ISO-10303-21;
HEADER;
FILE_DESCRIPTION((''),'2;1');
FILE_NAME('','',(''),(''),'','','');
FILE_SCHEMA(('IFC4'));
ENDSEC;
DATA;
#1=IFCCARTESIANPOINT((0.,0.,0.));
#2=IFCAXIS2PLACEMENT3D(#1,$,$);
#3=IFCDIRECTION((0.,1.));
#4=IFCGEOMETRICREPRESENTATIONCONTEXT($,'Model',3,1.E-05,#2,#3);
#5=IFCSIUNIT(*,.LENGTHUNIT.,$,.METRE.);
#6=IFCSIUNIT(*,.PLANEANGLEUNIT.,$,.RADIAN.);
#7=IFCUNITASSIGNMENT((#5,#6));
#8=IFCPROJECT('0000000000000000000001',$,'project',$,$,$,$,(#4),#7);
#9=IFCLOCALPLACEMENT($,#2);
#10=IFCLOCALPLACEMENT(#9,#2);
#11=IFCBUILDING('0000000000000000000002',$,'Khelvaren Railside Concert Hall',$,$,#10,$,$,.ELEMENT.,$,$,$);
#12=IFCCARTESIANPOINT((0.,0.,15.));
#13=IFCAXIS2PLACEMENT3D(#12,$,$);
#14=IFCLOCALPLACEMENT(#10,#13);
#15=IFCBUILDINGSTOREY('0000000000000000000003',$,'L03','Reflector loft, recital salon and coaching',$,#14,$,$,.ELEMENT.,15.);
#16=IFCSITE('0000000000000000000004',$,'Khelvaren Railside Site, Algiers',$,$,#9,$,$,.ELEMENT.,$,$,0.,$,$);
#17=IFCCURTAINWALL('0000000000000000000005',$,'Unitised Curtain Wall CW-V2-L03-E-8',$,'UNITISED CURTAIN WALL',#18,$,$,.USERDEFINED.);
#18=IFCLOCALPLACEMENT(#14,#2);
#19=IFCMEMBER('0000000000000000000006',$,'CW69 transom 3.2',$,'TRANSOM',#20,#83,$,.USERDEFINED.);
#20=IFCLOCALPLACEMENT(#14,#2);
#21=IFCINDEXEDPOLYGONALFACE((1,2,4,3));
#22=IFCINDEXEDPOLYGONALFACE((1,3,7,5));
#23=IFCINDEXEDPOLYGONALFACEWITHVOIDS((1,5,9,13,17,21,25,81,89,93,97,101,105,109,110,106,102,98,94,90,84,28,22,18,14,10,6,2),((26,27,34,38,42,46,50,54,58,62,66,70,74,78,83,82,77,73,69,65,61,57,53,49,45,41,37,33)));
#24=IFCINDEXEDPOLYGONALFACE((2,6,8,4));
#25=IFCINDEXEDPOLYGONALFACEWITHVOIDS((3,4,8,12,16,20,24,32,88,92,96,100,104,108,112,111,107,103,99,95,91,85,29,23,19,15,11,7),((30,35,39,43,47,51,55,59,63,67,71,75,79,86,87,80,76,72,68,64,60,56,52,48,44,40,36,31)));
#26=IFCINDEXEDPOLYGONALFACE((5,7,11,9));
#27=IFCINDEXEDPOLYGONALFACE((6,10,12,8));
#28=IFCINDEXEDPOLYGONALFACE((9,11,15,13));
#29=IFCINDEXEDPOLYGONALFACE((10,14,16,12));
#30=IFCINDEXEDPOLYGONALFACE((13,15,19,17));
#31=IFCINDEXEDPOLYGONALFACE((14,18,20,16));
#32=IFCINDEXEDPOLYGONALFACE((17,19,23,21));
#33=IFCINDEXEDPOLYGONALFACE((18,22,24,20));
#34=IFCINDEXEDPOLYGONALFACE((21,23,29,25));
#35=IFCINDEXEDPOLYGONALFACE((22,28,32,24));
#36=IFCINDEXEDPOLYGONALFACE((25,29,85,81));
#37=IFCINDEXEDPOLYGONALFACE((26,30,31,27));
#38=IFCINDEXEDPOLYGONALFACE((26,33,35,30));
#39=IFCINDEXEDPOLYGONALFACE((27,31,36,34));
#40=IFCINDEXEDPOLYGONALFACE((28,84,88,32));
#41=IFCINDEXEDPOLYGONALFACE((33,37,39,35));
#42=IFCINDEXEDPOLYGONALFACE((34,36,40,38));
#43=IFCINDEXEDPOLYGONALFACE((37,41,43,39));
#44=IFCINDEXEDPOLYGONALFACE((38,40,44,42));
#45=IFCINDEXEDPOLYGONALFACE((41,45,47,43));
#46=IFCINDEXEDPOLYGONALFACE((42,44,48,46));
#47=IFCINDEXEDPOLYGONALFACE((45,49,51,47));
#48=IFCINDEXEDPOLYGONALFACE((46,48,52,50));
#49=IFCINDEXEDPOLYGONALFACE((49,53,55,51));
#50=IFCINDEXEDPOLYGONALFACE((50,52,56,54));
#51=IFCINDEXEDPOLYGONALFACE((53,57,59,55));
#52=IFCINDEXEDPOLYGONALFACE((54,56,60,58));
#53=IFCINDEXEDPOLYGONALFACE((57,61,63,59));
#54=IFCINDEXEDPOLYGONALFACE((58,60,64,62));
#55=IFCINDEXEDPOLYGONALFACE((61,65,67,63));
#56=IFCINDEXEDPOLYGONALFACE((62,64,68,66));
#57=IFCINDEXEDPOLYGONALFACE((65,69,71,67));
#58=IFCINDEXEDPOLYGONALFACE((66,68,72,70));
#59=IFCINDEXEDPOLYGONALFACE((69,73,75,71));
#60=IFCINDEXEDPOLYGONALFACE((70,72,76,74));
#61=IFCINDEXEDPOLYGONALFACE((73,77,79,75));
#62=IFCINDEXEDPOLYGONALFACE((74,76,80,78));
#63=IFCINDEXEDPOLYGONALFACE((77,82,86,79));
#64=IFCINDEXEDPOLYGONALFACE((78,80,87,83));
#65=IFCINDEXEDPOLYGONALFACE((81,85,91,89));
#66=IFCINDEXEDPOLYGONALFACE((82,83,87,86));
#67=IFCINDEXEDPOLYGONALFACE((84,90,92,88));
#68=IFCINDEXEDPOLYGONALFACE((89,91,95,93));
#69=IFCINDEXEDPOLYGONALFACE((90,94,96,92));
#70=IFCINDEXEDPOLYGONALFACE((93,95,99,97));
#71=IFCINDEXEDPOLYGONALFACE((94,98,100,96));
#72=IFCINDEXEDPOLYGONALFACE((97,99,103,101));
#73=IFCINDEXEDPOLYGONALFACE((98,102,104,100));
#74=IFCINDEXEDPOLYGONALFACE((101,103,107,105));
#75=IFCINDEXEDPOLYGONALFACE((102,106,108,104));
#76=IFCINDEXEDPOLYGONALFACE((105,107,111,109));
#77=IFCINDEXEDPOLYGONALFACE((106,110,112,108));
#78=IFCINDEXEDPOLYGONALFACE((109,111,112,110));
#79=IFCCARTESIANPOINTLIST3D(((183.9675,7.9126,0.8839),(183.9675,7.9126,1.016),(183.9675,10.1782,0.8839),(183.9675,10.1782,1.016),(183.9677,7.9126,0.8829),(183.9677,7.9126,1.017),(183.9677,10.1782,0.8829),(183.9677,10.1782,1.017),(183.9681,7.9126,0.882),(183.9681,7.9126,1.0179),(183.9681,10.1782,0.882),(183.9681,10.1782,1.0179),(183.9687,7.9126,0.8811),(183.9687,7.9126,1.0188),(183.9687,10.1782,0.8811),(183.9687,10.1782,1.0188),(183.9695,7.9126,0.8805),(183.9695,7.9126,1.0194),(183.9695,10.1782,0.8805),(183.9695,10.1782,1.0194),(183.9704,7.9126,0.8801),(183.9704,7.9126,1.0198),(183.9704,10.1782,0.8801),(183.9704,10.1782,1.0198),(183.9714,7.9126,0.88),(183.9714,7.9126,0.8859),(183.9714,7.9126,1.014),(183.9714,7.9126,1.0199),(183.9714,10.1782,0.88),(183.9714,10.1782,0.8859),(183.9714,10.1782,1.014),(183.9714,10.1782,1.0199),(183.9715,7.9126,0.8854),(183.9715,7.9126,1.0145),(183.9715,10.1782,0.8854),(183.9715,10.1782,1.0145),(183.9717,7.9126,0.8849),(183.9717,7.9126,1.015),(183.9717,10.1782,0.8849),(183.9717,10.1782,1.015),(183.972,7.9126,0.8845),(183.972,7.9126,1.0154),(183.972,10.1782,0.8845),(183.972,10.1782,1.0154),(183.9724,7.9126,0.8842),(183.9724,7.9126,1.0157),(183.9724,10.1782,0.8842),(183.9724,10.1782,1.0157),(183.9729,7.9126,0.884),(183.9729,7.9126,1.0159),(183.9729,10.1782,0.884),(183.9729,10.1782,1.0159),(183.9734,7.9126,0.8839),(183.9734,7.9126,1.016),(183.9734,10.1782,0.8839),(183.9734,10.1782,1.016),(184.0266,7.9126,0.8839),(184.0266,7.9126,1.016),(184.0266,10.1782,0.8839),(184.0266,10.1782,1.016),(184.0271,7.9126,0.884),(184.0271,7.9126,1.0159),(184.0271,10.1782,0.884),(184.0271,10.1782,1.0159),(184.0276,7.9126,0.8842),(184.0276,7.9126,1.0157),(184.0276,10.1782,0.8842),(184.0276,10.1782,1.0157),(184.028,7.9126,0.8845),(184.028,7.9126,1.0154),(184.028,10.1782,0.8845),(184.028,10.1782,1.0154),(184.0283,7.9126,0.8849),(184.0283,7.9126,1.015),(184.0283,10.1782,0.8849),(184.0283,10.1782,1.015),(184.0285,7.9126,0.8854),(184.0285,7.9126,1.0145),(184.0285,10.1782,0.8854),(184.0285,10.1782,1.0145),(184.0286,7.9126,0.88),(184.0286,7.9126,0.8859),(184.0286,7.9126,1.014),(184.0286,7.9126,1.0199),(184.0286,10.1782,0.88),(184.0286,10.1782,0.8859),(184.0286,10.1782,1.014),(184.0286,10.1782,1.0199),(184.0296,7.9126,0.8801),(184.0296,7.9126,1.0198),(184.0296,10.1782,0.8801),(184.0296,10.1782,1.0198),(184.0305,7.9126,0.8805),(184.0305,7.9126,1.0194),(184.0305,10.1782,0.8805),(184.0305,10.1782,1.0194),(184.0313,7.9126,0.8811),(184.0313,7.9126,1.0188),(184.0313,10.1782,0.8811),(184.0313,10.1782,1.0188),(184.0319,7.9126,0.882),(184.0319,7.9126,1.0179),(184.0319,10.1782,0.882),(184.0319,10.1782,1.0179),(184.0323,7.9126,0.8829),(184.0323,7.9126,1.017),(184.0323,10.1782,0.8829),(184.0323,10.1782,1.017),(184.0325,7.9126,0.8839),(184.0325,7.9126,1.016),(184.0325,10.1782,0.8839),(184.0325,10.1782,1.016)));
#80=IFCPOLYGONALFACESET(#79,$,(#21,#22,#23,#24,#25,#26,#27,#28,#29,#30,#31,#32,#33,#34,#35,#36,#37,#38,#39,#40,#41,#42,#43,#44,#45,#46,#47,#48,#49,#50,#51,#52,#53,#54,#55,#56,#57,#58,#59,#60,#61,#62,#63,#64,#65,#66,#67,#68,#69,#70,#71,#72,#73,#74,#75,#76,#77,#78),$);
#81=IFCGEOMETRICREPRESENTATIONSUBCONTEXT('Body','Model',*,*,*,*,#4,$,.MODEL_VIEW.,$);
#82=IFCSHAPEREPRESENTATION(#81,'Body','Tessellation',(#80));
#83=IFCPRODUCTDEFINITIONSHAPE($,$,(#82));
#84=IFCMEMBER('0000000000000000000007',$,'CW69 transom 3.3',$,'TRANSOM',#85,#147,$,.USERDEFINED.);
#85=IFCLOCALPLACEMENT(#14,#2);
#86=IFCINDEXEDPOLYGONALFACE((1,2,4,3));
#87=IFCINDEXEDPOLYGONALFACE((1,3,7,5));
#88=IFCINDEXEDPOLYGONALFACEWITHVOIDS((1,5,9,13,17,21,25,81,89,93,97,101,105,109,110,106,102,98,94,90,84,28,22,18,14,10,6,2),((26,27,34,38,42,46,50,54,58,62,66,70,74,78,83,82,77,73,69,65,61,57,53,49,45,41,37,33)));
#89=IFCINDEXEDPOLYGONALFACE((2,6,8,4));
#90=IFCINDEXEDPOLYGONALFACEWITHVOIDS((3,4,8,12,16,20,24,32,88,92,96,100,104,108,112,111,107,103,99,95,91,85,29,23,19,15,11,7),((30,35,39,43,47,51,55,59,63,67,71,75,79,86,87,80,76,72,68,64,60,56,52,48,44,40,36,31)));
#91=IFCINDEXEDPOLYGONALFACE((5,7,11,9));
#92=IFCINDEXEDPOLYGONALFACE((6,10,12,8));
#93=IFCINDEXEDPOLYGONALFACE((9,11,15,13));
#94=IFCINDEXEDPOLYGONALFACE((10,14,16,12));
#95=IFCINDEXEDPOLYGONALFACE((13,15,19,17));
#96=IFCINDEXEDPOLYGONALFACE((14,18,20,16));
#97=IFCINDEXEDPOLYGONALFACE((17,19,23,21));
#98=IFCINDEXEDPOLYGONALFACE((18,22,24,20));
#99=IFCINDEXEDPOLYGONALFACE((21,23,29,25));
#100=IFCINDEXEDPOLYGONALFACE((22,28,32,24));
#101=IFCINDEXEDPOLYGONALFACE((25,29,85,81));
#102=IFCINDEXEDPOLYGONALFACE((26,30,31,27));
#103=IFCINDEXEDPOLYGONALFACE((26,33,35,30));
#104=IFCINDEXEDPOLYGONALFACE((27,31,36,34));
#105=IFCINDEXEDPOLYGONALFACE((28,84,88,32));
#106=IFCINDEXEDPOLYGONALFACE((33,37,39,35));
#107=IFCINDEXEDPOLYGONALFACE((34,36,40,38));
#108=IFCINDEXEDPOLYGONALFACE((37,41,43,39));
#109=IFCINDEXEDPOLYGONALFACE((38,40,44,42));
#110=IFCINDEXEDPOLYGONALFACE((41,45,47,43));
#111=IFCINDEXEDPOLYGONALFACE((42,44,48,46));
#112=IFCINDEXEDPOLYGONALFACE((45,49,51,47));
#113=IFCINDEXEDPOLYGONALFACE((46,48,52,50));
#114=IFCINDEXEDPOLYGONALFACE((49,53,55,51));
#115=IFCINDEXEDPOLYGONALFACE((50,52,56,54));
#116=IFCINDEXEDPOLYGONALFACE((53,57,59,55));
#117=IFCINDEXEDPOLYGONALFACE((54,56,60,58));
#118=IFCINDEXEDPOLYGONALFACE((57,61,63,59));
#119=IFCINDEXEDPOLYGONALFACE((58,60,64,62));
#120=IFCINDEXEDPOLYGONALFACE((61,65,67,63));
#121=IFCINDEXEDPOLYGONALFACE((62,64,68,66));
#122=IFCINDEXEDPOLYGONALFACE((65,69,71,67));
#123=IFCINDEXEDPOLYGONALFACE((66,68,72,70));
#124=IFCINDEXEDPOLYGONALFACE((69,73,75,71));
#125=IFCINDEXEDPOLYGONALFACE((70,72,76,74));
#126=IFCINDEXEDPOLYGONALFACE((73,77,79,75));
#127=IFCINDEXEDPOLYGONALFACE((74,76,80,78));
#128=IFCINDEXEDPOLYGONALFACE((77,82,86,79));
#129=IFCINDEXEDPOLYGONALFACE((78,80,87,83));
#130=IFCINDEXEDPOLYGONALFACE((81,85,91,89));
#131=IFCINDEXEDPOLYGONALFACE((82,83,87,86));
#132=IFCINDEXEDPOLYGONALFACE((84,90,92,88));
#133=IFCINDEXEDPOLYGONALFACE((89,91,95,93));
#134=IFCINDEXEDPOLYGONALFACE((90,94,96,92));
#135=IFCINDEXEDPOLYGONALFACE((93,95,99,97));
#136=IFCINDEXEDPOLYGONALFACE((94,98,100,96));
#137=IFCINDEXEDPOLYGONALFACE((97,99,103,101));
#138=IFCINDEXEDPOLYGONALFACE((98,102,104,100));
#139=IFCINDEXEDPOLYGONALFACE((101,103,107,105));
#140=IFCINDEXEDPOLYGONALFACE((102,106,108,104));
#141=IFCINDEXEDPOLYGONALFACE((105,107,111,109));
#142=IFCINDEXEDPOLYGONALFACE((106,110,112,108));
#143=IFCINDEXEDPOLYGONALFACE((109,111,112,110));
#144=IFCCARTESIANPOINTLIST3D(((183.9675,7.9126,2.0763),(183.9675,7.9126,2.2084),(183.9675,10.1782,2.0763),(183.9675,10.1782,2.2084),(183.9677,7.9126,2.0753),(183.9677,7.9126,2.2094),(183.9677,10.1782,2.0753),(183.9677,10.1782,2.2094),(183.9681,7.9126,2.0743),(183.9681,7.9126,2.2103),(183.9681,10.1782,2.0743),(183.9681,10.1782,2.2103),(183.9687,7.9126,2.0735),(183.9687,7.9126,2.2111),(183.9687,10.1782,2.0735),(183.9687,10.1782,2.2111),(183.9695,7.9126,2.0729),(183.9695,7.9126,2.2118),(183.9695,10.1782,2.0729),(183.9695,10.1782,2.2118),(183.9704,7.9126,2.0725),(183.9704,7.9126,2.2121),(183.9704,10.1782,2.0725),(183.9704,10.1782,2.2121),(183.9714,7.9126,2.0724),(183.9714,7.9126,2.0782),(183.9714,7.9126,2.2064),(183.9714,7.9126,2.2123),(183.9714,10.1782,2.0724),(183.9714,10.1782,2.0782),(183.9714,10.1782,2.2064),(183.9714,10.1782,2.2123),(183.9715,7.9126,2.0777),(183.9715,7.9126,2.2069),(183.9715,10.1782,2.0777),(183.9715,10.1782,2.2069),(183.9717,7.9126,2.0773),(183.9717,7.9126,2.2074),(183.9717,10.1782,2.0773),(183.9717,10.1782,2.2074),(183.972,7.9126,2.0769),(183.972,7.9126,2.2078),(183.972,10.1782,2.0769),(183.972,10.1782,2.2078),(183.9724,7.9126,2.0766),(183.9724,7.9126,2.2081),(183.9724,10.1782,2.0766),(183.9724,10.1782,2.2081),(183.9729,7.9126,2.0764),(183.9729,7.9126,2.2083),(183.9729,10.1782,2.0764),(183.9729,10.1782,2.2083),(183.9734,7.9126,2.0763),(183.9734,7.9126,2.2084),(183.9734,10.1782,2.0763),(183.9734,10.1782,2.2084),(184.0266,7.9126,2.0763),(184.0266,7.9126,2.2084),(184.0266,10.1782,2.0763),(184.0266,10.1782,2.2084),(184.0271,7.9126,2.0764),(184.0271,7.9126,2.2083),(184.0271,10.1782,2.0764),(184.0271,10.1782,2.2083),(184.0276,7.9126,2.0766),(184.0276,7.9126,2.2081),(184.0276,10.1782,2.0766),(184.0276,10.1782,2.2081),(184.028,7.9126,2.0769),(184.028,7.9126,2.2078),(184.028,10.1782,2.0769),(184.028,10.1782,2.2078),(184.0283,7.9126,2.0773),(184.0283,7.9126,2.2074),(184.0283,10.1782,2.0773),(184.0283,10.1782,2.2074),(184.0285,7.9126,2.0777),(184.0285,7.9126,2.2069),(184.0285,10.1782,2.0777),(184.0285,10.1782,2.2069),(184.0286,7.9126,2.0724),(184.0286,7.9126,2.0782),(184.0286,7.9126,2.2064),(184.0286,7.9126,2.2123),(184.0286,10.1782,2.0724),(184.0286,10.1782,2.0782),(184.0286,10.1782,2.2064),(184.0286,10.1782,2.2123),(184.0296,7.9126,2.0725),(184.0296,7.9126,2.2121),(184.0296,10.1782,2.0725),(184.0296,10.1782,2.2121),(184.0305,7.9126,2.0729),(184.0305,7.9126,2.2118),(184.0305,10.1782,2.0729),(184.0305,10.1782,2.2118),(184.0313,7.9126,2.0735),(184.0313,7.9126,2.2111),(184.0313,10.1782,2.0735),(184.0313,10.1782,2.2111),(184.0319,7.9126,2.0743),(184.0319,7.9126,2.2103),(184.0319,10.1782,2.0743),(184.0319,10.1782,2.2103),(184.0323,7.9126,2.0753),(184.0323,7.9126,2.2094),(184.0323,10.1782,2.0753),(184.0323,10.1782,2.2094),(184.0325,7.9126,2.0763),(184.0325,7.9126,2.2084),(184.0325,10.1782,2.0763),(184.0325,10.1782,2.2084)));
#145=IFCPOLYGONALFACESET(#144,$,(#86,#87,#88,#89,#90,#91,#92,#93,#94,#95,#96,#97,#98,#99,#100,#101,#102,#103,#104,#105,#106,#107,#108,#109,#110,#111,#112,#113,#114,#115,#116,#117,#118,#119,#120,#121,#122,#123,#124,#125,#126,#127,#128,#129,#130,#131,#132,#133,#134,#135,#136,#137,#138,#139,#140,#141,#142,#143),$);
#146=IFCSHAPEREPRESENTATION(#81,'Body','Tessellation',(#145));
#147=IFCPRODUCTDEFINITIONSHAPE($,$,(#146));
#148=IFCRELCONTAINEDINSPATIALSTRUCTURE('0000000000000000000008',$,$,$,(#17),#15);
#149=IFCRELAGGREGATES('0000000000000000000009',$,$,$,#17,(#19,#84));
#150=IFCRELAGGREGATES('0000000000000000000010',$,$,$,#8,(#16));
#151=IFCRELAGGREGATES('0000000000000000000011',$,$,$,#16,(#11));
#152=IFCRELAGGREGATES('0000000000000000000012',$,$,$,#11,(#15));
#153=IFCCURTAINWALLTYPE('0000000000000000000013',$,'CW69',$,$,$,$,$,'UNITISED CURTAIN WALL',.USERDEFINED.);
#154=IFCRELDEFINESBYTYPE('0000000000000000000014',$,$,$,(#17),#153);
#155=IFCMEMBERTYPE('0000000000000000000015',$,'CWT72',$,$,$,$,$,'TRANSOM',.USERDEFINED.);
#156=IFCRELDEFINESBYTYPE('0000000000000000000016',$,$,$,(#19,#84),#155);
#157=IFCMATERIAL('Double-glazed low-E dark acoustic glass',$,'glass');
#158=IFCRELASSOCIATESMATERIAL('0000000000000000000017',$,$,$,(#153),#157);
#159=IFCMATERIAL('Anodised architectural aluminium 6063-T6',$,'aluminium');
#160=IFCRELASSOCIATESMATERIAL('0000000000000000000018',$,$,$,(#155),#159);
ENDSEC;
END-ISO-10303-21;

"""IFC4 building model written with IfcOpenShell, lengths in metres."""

from ifc_helpers import new_model, si_unit, direction, frame, origin, origin_2d, place, context, subcontext, project, spatial, hollow_rectangle, extrude, material, material_profile, profile_set, type_object, element, aggregate, save


model = new_model("IFC4")

# Units and contexts
model_context = context("Model", 3, precision=1e-05, world=origin(), true_north=direction((0.0, 1.0)))
body_context = subcontext(model_context, "Body", "Model", "MODEL_VIEW")
ifc_project = project(units=[si_unit("LENGTHUNIT", "METRE"), si_unit("PLANEANGLEUNIT", "RADIAN")], contexts=[model_context])

# Site, building, storey
site_placement = place(None, origin())
site = spatial("IfcSite", under=ifc_project, at=site_placement, Name="Khelvaren Railside Site, Algiers", CompositionType="ELEMENT", RefElevation=0.0)
building_placement = place(site_placement, origin())
building = spatial("IfcBuilding", under=site, at=building_placement, Name="Khelvaren Railside Concert Hall", CompositionType="ELEMENT")
storey_placement = place(building_placement, frame((0.0, 0.0, 15.0)))
storey = spatial("IfcBuildingStorey", under=building, at=storey_placement, Name="L03", Description="Reflector loft, recital salon and coaching", CompositionType="ELEMENT", Elevation=15.0)

# Curtain wall
ifc_material_1 = material(Name="Double-glazed low-E dark acoustic glass", Category="glass")
ifc_material_2 = material(Name="Anodised architectural aluminium 6063-T6", Category="aluminium")
curtain_wall_type_1 = type_object("IfcCurtainWallType", Name="CW69", ElementType="UNITISED CURTAIN WALL", PredefinedType="USERDEFINED", material=ifc_material_1)
curtain_wall_1_placement = place(storey_placement, origin())
curtain_wall_1 = element("IfcCurtainWall", 1, at=curtain_wall_1_placement, inside=storey, type_object=curtain_wall_type_1, Name="Unitised Curtain Wall CW-V2-L03-E-8", ObjectType="UNITISED CURTAIN WALL", PredefinedType="USERDEFINED")

# Members
ifc_material_profile_1 = material_profile(ifc_material_2, hollow_rectangle(XDim=0.0649, YDim=0.1399, WallThickness=0.0039, InnerFilletRadius=0.002, OuterFilletRadius=0.0039, at=origin_2d()), Name="CWT 65x140x4")
ifc_profile_set_1 = profile_set([ifc_material_profile_1], Name="Anodised architectural aluminium 6063-T6")
member_type_1 = type_object("IfcMemberType", Name="CWT72", ElementType="TRANSOM", PredefinedType="USERDEFINED", material=ifc_profile_set_1)
member_1_placement = place(storey_placement, frame((184.0, 10.1782, 0.95), z_axis=(0.0, -1.0, 0.0), x_axis=(1.0, 0.0, 0.0)))
member_1 = element("IfcMember", 2, at=member_1_placement, type_object=member_type_1, Name="CW69 transom 3.2", ObjectType="TRANSOM", PredefinedType="USERDEFINED", context=body_context, shape_type="SweptSolid", body=[
    extrude(hollow_rectangle(XDim=0.0649, YDim=0.1399, WallThickness=0.0039, InnerFilletRadius=0.002, OuterFilletRadius=0.0039, at=origin_2d()), origin(), (0.0, 0.0, 1.0), 2.2656),
])
member_2_placement = place(storey_placement, frame((184.0, 10.1782, 2.1423), z_axis=(0.0, -1.0, 0.0), x_axis=(1.0, 0.0, 0.0)))
member_2 = element("IfcMember", 3, at=member_2_placement, type_object=member_type_1, Name="CW69 transom 3.3", ObjectType="TRANSOM", PredefinedType="USERDEFINED", context=body_context, shape_type="SweptSolid", body=[
    extrude(hollow_rectangle(XDim=0.0649, YDim=0.1399, WallThickness=0.0039, InnerFilletRadius=0.002, OuterFilletRadius=0.0039, at=origin_2d()), origin(), (0.0, 0.0, 1.0), 2.2656),
])

aggregate(curtain_wall_1, [member_1, member_2])

save(model, "model.ifc")
